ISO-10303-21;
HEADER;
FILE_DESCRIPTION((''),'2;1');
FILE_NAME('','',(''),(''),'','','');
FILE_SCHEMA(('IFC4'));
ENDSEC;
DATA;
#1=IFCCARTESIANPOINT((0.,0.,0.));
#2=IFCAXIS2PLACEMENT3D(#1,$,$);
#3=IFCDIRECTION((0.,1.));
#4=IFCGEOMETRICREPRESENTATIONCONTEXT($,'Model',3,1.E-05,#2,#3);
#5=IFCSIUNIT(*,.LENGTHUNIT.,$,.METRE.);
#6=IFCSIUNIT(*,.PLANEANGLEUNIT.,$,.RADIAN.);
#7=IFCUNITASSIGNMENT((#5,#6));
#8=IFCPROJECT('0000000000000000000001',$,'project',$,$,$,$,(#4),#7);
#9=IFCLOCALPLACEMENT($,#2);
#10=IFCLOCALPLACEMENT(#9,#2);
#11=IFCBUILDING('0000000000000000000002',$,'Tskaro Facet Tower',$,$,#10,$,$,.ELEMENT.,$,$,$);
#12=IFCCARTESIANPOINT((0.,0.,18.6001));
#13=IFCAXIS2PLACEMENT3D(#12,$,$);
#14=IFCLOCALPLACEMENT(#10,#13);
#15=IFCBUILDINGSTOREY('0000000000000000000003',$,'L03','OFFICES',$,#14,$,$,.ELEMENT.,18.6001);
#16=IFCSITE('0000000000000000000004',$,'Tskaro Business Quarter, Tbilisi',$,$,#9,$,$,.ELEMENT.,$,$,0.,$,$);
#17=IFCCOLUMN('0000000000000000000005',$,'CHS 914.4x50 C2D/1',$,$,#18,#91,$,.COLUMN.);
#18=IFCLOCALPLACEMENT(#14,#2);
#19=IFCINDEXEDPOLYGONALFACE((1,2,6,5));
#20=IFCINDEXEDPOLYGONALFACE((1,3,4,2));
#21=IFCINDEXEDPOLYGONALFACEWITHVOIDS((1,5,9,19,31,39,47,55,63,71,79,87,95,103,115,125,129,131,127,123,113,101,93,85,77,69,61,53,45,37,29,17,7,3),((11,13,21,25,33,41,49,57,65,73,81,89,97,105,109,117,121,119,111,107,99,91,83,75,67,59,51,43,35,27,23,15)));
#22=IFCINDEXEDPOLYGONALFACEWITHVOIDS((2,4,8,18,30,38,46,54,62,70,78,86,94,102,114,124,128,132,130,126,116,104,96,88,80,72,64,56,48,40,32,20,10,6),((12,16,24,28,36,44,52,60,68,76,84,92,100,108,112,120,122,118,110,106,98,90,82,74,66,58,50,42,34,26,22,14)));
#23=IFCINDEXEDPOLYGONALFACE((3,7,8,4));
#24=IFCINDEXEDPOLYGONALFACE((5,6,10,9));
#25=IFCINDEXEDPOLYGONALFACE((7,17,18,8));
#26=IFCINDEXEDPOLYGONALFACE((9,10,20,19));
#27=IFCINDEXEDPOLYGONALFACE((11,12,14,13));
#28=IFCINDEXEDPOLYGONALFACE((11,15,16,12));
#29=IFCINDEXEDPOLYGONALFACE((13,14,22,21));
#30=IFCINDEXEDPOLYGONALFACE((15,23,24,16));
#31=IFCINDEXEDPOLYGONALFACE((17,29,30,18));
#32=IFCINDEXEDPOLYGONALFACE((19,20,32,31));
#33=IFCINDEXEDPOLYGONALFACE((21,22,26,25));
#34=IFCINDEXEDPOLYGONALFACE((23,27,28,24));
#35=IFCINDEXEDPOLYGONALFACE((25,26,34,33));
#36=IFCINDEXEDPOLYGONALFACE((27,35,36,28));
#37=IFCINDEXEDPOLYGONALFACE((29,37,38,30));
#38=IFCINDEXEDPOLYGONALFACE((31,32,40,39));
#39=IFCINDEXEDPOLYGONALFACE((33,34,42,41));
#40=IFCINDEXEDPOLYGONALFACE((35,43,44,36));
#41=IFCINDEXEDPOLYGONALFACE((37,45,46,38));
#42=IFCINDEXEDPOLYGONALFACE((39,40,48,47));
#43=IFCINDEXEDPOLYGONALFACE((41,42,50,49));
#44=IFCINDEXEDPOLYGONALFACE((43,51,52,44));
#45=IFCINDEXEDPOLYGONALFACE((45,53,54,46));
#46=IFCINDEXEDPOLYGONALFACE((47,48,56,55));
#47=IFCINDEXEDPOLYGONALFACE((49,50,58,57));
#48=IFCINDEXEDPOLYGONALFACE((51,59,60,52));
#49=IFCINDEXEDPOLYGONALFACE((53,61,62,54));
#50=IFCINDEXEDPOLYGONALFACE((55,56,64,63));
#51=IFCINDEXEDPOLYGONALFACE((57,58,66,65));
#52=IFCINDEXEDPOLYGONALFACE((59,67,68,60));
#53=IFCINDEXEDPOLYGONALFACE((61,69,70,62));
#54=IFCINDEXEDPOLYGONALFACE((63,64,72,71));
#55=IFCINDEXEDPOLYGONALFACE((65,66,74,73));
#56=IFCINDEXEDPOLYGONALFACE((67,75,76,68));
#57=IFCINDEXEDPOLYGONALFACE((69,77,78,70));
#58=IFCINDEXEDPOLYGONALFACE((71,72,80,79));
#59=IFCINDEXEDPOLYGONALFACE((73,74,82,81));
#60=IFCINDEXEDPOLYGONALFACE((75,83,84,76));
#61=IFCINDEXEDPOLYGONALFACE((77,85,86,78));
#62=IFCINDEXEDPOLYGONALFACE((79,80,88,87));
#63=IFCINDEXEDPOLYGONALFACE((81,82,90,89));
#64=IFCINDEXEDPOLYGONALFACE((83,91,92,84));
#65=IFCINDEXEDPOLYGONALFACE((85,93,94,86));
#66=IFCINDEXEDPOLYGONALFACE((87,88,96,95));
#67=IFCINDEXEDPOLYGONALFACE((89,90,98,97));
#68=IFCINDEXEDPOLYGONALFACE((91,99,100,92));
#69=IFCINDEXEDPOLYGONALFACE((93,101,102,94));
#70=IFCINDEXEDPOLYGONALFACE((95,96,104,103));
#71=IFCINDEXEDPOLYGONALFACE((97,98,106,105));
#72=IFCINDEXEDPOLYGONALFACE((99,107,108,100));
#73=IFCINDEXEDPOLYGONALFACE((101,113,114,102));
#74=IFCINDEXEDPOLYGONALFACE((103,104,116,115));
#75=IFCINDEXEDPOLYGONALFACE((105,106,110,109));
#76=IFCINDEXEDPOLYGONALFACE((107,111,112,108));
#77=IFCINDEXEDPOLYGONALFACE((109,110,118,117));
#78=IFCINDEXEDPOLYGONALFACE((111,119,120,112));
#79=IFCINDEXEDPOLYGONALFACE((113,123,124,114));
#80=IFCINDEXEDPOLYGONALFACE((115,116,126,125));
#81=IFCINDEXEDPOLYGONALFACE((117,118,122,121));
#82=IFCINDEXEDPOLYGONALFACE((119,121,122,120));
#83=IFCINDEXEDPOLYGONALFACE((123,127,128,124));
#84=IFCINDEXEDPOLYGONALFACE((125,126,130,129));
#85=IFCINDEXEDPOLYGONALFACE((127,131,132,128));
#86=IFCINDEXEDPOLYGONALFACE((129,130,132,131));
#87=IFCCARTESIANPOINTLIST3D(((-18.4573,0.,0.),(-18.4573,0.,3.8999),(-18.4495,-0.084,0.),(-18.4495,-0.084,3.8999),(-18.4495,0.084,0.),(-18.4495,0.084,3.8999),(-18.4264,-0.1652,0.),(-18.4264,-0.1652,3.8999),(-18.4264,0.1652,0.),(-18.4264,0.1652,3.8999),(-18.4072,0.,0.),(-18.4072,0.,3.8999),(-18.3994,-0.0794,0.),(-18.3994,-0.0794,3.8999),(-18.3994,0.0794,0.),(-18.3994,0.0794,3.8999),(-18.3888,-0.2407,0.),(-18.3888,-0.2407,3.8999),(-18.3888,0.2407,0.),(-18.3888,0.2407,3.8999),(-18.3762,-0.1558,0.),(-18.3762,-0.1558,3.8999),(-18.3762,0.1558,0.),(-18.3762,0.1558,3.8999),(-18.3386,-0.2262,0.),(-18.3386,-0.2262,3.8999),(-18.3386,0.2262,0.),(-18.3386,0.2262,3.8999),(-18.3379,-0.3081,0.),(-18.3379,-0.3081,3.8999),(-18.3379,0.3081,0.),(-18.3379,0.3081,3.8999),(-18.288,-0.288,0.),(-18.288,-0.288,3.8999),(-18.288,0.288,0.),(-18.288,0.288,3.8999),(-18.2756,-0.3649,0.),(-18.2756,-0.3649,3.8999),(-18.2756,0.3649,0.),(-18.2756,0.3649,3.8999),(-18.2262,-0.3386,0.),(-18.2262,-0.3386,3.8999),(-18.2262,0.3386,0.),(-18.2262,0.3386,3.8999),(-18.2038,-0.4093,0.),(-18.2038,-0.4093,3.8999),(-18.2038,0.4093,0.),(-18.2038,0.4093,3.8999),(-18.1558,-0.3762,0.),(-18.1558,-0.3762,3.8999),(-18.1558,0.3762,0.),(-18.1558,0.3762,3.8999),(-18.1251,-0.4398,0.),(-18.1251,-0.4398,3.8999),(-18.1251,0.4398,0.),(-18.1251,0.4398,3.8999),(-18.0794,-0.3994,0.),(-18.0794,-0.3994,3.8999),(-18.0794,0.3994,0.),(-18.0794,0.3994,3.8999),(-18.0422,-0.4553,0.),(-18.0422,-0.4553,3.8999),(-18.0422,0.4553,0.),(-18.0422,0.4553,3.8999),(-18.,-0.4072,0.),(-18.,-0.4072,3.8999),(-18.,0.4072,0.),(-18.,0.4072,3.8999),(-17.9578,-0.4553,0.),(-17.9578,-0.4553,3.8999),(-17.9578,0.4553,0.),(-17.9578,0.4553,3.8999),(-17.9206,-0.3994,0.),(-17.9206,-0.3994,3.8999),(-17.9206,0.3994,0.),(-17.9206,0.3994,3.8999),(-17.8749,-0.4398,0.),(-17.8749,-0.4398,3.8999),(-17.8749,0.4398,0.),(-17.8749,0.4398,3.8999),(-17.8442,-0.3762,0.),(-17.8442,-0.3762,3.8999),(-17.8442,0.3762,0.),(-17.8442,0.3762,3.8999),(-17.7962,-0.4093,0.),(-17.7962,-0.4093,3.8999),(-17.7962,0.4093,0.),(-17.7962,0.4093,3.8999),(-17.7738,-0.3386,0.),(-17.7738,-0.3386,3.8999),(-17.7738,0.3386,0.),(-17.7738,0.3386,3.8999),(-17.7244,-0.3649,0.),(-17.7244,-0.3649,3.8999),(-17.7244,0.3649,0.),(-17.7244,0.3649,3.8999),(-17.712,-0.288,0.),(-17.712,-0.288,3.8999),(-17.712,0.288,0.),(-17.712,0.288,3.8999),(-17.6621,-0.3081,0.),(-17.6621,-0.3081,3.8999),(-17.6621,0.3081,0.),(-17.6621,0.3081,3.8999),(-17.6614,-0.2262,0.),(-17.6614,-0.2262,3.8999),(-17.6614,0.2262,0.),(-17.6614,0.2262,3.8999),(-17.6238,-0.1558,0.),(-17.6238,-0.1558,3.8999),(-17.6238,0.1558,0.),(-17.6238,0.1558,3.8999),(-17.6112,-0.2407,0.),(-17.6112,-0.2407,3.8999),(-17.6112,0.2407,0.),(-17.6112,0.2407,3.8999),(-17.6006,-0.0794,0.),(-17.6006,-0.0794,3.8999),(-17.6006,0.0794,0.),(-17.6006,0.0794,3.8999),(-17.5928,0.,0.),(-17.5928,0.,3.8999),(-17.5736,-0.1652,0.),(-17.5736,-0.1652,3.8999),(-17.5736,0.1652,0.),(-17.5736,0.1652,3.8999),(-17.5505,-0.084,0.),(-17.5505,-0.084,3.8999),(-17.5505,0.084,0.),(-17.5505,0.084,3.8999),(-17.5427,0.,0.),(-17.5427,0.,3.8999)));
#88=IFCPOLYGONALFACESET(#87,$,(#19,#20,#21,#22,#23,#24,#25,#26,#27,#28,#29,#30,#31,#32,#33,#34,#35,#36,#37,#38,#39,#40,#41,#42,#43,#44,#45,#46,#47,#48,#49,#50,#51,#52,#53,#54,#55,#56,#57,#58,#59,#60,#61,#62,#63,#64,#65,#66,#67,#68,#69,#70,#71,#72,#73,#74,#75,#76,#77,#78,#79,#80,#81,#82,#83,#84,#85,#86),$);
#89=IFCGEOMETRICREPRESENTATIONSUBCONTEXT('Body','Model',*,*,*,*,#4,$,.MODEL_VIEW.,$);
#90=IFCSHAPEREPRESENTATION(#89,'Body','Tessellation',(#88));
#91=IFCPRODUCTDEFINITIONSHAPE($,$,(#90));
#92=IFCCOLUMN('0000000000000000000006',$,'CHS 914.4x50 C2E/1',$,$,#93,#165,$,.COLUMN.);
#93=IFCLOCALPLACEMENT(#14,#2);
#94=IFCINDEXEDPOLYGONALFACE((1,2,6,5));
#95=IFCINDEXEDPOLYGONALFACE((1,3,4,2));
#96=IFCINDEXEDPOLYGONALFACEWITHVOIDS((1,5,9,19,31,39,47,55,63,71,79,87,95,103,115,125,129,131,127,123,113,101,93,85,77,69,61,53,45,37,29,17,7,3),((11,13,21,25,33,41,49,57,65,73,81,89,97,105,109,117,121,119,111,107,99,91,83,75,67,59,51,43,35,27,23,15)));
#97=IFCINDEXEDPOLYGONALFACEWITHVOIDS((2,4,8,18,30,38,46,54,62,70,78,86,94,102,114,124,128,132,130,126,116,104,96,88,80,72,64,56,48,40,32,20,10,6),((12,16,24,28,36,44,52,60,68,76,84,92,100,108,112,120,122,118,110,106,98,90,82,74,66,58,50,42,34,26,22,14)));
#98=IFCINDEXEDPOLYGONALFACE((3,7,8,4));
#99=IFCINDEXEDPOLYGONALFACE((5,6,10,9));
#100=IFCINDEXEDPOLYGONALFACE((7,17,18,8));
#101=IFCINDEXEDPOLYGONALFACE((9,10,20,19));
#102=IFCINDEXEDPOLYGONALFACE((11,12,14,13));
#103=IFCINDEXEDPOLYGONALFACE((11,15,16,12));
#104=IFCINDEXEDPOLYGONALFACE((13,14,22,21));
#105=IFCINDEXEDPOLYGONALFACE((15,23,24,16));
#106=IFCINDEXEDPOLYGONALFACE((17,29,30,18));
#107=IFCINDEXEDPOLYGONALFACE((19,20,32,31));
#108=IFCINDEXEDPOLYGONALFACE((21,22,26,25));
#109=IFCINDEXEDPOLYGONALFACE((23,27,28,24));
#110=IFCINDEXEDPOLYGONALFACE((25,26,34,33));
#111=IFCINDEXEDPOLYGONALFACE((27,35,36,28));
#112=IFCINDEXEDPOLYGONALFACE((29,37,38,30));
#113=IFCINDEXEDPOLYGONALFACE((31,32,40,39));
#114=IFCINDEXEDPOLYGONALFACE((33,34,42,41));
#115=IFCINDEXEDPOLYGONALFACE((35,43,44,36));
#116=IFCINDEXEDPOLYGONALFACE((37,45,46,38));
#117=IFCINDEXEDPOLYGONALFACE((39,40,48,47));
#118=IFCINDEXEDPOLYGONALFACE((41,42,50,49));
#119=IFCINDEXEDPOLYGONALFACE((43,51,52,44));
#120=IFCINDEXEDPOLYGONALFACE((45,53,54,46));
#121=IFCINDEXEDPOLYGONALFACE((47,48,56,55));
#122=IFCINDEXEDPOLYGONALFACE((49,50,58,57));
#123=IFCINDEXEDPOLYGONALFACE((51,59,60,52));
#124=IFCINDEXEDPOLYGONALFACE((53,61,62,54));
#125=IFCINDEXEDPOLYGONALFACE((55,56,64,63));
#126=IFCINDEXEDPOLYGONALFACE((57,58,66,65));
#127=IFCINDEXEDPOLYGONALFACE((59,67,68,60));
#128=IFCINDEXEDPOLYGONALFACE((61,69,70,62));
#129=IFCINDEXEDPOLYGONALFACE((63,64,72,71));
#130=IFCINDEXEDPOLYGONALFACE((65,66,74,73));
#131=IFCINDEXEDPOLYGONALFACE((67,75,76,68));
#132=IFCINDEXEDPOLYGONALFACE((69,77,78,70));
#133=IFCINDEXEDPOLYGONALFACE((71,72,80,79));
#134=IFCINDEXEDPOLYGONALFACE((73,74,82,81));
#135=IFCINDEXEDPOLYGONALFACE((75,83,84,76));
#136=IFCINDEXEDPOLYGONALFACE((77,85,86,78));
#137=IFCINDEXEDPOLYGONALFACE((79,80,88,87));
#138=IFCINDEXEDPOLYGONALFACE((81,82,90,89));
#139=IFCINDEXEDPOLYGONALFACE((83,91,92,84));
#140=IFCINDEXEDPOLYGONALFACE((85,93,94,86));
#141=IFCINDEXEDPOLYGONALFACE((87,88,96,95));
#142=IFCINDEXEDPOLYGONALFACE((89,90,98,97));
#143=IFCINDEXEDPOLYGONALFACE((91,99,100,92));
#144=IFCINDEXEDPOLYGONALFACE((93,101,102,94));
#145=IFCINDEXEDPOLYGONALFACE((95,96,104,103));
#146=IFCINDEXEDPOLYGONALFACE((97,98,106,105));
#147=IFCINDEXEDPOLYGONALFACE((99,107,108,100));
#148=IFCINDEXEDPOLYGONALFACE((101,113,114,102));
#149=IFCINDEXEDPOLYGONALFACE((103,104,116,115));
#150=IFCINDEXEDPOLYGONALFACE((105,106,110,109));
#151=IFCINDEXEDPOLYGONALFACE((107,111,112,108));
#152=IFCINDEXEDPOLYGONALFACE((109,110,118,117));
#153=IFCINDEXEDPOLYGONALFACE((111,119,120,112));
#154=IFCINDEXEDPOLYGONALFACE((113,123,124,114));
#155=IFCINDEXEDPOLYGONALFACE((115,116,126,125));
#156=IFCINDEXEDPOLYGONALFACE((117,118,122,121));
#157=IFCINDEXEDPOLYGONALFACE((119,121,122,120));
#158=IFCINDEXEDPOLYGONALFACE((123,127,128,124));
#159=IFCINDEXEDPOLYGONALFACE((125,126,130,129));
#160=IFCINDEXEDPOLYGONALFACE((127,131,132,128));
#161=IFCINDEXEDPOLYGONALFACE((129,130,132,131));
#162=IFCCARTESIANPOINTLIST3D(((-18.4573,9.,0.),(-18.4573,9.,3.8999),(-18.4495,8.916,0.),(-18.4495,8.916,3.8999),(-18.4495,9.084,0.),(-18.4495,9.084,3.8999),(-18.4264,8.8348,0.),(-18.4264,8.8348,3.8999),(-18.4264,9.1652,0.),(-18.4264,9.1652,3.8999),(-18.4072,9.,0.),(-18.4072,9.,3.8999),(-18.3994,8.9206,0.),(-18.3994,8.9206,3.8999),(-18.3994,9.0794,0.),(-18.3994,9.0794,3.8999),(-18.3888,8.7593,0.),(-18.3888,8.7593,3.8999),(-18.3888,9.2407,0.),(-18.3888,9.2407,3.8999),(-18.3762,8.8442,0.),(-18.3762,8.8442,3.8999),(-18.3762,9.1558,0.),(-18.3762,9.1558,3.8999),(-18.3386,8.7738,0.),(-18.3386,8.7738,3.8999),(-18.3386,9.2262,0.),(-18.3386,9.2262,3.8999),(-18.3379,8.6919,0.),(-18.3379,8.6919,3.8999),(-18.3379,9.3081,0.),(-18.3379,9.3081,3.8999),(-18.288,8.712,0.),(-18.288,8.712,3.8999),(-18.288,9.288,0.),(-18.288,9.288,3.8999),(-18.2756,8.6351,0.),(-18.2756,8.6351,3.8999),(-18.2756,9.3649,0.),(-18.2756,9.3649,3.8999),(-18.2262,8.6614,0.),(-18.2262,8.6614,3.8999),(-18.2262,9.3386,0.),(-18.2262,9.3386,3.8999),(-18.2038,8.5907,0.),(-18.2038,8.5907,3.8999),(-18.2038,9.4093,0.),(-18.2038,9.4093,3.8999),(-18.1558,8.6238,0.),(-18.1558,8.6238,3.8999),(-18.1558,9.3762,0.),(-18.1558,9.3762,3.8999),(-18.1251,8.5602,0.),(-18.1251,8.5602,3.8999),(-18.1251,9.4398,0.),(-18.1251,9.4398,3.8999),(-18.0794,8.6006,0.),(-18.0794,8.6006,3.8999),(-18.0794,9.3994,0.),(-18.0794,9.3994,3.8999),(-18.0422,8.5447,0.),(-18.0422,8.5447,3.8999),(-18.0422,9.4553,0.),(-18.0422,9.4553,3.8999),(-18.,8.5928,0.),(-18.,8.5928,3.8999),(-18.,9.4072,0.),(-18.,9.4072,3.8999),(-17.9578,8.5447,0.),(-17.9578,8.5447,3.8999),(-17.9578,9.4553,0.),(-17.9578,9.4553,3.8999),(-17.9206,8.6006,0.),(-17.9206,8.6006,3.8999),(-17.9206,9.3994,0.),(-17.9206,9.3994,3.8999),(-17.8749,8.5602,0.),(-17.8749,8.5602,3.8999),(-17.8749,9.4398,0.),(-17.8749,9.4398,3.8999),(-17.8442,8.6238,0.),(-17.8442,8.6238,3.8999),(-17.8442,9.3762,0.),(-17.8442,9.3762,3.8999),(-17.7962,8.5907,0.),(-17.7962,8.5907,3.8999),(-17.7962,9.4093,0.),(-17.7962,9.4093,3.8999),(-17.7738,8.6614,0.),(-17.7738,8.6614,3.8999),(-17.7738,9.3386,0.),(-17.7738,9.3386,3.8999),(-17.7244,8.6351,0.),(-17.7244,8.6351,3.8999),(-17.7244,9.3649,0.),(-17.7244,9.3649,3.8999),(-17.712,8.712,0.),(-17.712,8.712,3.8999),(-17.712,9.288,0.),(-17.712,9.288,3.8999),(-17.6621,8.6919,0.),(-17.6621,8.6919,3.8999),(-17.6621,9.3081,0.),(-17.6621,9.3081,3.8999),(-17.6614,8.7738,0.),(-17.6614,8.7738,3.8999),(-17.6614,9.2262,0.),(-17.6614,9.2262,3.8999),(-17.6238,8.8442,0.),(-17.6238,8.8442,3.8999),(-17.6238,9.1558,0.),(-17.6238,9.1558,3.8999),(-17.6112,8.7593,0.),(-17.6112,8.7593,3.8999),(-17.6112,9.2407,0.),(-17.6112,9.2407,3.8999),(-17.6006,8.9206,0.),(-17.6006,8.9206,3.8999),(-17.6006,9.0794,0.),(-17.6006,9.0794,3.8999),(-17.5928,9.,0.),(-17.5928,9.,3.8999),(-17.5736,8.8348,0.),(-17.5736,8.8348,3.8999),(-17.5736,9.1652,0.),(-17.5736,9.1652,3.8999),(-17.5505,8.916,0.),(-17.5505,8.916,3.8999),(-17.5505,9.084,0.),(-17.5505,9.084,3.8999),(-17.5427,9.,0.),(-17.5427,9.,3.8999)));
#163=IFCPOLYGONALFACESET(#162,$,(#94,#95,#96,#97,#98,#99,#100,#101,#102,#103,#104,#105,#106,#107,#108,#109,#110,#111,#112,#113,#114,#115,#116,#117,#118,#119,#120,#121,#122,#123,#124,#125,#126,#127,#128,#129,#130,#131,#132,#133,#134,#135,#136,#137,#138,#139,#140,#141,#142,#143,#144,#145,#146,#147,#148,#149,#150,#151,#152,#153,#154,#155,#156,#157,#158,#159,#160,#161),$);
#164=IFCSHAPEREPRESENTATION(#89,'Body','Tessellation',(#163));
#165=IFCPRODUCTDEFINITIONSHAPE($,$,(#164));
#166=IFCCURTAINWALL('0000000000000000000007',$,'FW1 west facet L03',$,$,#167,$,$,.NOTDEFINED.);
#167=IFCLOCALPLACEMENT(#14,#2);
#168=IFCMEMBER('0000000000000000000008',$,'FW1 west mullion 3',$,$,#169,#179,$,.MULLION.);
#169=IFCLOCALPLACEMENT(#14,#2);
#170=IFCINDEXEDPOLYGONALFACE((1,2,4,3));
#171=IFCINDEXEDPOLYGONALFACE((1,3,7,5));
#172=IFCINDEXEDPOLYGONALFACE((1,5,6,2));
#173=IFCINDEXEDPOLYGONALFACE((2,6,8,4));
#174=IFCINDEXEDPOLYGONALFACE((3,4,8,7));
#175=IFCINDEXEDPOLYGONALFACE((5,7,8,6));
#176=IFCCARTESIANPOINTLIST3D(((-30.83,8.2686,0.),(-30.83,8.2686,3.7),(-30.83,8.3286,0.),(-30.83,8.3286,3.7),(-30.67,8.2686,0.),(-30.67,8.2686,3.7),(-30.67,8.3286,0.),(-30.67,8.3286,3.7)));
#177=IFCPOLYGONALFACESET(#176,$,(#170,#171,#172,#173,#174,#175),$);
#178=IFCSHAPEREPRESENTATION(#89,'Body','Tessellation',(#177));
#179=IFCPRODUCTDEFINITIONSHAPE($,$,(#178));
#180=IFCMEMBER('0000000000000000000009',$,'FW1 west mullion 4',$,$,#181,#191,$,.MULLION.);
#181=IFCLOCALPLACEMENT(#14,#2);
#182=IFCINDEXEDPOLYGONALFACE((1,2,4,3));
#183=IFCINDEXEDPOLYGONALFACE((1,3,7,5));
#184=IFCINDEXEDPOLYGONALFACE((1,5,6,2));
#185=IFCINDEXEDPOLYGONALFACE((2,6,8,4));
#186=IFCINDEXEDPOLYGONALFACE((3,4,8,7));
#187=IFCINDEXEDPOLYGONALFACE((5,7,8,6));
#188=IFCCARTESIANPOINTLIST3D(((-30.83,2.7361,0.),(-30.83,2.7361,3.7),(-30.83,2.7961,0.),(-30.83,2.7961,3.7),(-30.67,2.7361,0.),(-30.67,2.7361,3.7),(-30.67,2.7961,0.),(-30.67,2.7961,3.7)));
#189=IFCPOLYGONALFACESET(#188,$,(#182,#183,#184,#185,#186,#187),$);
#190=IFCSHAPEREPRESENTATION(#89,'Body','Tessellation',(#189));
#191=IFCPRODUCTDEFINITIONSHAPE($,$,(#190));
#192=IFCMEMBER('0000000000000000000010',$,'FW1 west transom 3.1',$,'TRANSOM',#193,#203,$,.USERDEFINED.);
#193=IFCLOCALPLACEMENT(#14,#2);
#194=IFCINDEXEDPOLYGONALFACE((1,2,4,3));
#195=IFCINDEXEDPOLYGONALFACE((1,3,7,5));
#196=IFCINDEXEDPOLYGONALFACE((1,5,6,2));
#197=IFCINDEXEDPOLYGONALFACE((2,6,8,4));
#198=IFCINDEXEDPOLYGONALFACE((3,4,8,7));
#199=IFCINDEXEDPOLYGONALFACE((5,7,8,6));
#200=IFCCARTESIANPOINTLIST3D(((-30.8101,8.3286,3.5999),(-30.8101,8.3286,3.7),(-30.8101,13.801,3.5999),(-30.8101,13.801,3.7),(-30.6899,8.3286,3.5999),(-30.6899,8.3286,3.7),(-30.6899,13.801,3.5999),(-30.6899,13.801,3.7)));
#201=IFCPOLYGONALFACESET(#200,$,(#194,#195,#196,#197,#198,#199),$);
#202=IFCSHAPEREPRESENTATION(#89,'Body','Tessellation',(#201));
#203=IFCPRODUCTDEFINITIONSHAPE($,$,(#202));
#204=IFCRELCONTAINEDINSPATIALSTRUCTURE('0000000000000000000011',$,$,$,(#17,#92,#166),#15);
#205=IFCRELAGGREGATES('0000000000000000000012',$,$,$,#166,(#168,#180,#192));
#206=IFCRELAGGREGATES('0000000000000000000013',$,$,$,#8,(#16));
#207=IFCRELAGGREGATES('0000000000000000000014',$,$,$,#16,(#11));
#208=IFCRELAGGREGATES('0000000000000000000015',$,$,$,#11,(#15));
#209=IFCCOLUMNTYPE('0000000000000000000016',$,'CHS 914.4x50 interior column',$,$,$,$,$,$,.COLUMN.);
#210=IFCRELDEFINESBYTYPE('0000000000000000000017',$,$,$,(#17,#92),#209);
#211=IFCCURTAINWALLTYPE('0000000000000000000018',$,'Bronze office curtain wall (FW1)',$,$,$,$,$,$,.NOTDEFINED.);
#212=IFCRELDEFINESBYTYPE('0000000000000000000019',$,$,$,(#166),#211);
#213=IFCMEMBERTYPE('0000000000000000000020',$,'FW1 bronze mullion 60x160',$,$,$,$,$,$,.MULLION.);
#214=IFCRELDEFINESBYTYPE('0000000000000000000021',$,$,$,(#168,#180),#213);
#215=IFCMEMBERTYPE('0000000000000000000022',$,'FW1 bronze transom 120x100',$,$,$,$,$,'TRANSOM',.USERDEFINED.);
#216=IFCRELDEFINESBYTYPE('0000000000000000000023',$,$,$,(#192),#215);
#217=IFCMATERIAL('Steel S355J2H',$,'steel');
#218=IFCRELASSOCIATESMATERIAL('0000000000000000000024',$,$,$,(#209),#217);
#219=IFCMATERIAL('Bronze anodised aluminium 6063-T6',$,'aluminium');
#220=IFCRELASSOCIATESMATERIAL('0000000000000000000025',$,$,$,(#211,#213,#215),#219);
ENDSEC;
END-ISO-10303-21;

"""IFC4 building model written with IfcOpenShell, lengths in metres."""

from ifc_helpers import new_model, si_unit, direction, frame, origin, origin_2d, place, context, subcontext, project, spatial, rectangle, hollow_circle, extrude, material, material_profile, profile_set, type_object, element, aggregate, save


model = new_model("IFC4")

# Units and contexts
model_context = context("Model", 3, precision=1e-05, world=origin(), true_north=direction((0.0, 1.0)))
body_context = subcontext(model_context, "Body", "Model", "MODEL_VIEW")
ifc_project = project(units=[si_unit("LENGTHUNIT", "METRE"), si_unit("PLANEANGLEUNIT", "RADIAN")], contexts=[model_context])

# Site, building, storey
site_placement = place(None, origin())
site = spatial("IfcSite", under=ifc_project, at=site_placement, Name="Tskaro Business Quarter, Tbilisi", CompositionType="ELEMENT", RefElevation=0.0)
building_placement = place(site_placement, origin())
building = spatial("IfcBuilding", under=site, at=building_placement, Name="Tskaro Facet Tower", CompositionType="ELEMENT")
storey_placement = place(building_placement, frame((0.0, 0.0, 18.6001)))
storey = spatial("IfcBuildingStorey", under=building, at=storey_placement, Name="L03", Description="OFFICES", CompositionType="ELEMENT", Elevation=18.6001)

# Columns
ifc_material_1 = material(Name="Steel S355J2H", Category="steel")
ifc_material_profile_1 = material_profile(ifc_material_1, hollow_circle(Radius=0.4573, WallThickness=0.05, at=origin_2d()), Name="CHS 914.4x50")
ifc_profile_set_1 = profile_set([ifc_material_profile_1], Name="Steel S355J2H")
column_type_1 = type_object("IfcColumnType", Name="CHS 914.4x50 interior column", PredefinedType="COLUMN", material=ifc_profile_set_1)
for number, where, z_axis, x_axis, name in (
    (1, (-18.0, 0.0, 0.0), (0.0, 0.0, 1.0), (1.0, 0.0, 0.0), "CHS 914.4x50 C2D/1"),
    (2, (-18.0, 9.0, 0.0), (0.0, 0.0, 1.0), (1.0, 0.0, 0.0), "CHS 914.4x50 C2E/1"),
):
    element("IfcColumn", number, at=place(storey_placement, frame(where, z_axis=z_axis, x_axis=x_axis)), inside=storey, type_object=column_type_1, Name=name, PredefinedType="COLUMN", context=body_context, shape_type="SweptSolid", body=[
        extrude(hollow_circle(Radius=0.4573, WallThickness=0.05, at=origin_2d()), origin(), (0.0, 0.0, 1.0), 3.8999),
    ])

# Curtain wall, members
ifc_material_2 = material(Name="Bronze anodised aluminium 6063-T6", Category="aluminium")
curtain_wall_type = type_object("IfcCurtainWallType", Name="Bronze office curtain wall (FW1)", PredefinedType="NOTDEFINED", material=ifc_material_2)
curtain_wall_placement = place(storey_placement, origin())
curtain_wall = element("IfcCurtainWall", 3, at=curtain_wall_placement, inside=storey, type_object=curtain_wall_type, Name="FW1 west facet L03", PredefinedType="NOTDEFINED")
ifc_material_profile_2 = material_profile(ifc_material_2, rectangle(XDim=0.0601, YDim=0.1599, at=origin_2d()), Name="Mullion 60x160")
ifc_profile_set_2 = profile_set([ifc_material_profile_2], Name="Bronze anodised aluminium 6063-T6")
member_type_1 = type_object("IfcMemberType", Name="FW1 bronze mullion 60x160", PredefinedType="MULLION", material=ifc_profile_set_2)
member_1_placement = place(storey_placement, frame((-30.75, 8.2986, 0.0), z_axis=(0.0, 0.0, 1.0), x_axis=(0.0, -1.0, 0.0)))
member_1 = element("IfcMember", 4, at=member_1_placement, type_object=member_type_1, Name="FW1 west mullion 3", PredefinedType="MULLION", context=body_context, shape_type="SweptSolid", body=[
    extrude(rectangle(XDim=0.0601, YDim=0.1599, at=origin_2d()), origin(), (0.0, 0.0, 1.0), 3.7),
])
member_2_placement = place(storey_placement, frame((-30.75, 2.7661, 0.0), z_axis=(0.0, 0.0, 1.0), x_axis=(0.0, -1.0, 0.0)))
member_2 = element("IfcMember", 5, at=member_2_placement, type_object=member_type_1, Name="FW1 west mullion 4", PredefinedType="MULLION", context=body_context, shape_type="SweptSolid", body=[
    extrude(rectangle(XDim=0.0601, YDim=0.1599, at=origin_2d()), origin(), (0.0, 0.0, 1.0), 3.7),
])
ifc_material_profile_3 = material_profile(ifc_material_2, rectangle(XDim=0.1201, YDim=0.1001, at=origin_2d()), Name="Transom 120x100")
ifc_profile_set_3 = profile_set([ifc_material_profile_3], Name="Bronze anodised aluminium 6063-T6")
member_type_2 = type_object("IfcMemberType", Name="FW1 bronze transom 120x100", ElementType="TRANSOM", PredefinedType="USERDEFINED", material=ifc_profile_set_3)
member_3_placement = place(storey_placement, frame((-30.75, 13.801, 3.6499), z_axis=(0.0, -1.0, 0.0), x_axis=(1.0, 0.0, 0.0)))
member_3 = element("IfcMember", 6, at=member_3_placement, type_object=member_type_2, Name="FW1 west transom 3.1", ObjectType="TRANSOM", PredefinedType="USERDEFINED", context=body_context, shape_type="SweptSolid", body=[
    extrude(rectangle(XDim=0.1201, YDim=0.1001, at=origin_2d()), origin(), (0.0, 0.0, 1.0), 5.4724),
])

aggregate(curtain_wall, [member_1, member_2, member_3])

save(model, "model.ifc")
